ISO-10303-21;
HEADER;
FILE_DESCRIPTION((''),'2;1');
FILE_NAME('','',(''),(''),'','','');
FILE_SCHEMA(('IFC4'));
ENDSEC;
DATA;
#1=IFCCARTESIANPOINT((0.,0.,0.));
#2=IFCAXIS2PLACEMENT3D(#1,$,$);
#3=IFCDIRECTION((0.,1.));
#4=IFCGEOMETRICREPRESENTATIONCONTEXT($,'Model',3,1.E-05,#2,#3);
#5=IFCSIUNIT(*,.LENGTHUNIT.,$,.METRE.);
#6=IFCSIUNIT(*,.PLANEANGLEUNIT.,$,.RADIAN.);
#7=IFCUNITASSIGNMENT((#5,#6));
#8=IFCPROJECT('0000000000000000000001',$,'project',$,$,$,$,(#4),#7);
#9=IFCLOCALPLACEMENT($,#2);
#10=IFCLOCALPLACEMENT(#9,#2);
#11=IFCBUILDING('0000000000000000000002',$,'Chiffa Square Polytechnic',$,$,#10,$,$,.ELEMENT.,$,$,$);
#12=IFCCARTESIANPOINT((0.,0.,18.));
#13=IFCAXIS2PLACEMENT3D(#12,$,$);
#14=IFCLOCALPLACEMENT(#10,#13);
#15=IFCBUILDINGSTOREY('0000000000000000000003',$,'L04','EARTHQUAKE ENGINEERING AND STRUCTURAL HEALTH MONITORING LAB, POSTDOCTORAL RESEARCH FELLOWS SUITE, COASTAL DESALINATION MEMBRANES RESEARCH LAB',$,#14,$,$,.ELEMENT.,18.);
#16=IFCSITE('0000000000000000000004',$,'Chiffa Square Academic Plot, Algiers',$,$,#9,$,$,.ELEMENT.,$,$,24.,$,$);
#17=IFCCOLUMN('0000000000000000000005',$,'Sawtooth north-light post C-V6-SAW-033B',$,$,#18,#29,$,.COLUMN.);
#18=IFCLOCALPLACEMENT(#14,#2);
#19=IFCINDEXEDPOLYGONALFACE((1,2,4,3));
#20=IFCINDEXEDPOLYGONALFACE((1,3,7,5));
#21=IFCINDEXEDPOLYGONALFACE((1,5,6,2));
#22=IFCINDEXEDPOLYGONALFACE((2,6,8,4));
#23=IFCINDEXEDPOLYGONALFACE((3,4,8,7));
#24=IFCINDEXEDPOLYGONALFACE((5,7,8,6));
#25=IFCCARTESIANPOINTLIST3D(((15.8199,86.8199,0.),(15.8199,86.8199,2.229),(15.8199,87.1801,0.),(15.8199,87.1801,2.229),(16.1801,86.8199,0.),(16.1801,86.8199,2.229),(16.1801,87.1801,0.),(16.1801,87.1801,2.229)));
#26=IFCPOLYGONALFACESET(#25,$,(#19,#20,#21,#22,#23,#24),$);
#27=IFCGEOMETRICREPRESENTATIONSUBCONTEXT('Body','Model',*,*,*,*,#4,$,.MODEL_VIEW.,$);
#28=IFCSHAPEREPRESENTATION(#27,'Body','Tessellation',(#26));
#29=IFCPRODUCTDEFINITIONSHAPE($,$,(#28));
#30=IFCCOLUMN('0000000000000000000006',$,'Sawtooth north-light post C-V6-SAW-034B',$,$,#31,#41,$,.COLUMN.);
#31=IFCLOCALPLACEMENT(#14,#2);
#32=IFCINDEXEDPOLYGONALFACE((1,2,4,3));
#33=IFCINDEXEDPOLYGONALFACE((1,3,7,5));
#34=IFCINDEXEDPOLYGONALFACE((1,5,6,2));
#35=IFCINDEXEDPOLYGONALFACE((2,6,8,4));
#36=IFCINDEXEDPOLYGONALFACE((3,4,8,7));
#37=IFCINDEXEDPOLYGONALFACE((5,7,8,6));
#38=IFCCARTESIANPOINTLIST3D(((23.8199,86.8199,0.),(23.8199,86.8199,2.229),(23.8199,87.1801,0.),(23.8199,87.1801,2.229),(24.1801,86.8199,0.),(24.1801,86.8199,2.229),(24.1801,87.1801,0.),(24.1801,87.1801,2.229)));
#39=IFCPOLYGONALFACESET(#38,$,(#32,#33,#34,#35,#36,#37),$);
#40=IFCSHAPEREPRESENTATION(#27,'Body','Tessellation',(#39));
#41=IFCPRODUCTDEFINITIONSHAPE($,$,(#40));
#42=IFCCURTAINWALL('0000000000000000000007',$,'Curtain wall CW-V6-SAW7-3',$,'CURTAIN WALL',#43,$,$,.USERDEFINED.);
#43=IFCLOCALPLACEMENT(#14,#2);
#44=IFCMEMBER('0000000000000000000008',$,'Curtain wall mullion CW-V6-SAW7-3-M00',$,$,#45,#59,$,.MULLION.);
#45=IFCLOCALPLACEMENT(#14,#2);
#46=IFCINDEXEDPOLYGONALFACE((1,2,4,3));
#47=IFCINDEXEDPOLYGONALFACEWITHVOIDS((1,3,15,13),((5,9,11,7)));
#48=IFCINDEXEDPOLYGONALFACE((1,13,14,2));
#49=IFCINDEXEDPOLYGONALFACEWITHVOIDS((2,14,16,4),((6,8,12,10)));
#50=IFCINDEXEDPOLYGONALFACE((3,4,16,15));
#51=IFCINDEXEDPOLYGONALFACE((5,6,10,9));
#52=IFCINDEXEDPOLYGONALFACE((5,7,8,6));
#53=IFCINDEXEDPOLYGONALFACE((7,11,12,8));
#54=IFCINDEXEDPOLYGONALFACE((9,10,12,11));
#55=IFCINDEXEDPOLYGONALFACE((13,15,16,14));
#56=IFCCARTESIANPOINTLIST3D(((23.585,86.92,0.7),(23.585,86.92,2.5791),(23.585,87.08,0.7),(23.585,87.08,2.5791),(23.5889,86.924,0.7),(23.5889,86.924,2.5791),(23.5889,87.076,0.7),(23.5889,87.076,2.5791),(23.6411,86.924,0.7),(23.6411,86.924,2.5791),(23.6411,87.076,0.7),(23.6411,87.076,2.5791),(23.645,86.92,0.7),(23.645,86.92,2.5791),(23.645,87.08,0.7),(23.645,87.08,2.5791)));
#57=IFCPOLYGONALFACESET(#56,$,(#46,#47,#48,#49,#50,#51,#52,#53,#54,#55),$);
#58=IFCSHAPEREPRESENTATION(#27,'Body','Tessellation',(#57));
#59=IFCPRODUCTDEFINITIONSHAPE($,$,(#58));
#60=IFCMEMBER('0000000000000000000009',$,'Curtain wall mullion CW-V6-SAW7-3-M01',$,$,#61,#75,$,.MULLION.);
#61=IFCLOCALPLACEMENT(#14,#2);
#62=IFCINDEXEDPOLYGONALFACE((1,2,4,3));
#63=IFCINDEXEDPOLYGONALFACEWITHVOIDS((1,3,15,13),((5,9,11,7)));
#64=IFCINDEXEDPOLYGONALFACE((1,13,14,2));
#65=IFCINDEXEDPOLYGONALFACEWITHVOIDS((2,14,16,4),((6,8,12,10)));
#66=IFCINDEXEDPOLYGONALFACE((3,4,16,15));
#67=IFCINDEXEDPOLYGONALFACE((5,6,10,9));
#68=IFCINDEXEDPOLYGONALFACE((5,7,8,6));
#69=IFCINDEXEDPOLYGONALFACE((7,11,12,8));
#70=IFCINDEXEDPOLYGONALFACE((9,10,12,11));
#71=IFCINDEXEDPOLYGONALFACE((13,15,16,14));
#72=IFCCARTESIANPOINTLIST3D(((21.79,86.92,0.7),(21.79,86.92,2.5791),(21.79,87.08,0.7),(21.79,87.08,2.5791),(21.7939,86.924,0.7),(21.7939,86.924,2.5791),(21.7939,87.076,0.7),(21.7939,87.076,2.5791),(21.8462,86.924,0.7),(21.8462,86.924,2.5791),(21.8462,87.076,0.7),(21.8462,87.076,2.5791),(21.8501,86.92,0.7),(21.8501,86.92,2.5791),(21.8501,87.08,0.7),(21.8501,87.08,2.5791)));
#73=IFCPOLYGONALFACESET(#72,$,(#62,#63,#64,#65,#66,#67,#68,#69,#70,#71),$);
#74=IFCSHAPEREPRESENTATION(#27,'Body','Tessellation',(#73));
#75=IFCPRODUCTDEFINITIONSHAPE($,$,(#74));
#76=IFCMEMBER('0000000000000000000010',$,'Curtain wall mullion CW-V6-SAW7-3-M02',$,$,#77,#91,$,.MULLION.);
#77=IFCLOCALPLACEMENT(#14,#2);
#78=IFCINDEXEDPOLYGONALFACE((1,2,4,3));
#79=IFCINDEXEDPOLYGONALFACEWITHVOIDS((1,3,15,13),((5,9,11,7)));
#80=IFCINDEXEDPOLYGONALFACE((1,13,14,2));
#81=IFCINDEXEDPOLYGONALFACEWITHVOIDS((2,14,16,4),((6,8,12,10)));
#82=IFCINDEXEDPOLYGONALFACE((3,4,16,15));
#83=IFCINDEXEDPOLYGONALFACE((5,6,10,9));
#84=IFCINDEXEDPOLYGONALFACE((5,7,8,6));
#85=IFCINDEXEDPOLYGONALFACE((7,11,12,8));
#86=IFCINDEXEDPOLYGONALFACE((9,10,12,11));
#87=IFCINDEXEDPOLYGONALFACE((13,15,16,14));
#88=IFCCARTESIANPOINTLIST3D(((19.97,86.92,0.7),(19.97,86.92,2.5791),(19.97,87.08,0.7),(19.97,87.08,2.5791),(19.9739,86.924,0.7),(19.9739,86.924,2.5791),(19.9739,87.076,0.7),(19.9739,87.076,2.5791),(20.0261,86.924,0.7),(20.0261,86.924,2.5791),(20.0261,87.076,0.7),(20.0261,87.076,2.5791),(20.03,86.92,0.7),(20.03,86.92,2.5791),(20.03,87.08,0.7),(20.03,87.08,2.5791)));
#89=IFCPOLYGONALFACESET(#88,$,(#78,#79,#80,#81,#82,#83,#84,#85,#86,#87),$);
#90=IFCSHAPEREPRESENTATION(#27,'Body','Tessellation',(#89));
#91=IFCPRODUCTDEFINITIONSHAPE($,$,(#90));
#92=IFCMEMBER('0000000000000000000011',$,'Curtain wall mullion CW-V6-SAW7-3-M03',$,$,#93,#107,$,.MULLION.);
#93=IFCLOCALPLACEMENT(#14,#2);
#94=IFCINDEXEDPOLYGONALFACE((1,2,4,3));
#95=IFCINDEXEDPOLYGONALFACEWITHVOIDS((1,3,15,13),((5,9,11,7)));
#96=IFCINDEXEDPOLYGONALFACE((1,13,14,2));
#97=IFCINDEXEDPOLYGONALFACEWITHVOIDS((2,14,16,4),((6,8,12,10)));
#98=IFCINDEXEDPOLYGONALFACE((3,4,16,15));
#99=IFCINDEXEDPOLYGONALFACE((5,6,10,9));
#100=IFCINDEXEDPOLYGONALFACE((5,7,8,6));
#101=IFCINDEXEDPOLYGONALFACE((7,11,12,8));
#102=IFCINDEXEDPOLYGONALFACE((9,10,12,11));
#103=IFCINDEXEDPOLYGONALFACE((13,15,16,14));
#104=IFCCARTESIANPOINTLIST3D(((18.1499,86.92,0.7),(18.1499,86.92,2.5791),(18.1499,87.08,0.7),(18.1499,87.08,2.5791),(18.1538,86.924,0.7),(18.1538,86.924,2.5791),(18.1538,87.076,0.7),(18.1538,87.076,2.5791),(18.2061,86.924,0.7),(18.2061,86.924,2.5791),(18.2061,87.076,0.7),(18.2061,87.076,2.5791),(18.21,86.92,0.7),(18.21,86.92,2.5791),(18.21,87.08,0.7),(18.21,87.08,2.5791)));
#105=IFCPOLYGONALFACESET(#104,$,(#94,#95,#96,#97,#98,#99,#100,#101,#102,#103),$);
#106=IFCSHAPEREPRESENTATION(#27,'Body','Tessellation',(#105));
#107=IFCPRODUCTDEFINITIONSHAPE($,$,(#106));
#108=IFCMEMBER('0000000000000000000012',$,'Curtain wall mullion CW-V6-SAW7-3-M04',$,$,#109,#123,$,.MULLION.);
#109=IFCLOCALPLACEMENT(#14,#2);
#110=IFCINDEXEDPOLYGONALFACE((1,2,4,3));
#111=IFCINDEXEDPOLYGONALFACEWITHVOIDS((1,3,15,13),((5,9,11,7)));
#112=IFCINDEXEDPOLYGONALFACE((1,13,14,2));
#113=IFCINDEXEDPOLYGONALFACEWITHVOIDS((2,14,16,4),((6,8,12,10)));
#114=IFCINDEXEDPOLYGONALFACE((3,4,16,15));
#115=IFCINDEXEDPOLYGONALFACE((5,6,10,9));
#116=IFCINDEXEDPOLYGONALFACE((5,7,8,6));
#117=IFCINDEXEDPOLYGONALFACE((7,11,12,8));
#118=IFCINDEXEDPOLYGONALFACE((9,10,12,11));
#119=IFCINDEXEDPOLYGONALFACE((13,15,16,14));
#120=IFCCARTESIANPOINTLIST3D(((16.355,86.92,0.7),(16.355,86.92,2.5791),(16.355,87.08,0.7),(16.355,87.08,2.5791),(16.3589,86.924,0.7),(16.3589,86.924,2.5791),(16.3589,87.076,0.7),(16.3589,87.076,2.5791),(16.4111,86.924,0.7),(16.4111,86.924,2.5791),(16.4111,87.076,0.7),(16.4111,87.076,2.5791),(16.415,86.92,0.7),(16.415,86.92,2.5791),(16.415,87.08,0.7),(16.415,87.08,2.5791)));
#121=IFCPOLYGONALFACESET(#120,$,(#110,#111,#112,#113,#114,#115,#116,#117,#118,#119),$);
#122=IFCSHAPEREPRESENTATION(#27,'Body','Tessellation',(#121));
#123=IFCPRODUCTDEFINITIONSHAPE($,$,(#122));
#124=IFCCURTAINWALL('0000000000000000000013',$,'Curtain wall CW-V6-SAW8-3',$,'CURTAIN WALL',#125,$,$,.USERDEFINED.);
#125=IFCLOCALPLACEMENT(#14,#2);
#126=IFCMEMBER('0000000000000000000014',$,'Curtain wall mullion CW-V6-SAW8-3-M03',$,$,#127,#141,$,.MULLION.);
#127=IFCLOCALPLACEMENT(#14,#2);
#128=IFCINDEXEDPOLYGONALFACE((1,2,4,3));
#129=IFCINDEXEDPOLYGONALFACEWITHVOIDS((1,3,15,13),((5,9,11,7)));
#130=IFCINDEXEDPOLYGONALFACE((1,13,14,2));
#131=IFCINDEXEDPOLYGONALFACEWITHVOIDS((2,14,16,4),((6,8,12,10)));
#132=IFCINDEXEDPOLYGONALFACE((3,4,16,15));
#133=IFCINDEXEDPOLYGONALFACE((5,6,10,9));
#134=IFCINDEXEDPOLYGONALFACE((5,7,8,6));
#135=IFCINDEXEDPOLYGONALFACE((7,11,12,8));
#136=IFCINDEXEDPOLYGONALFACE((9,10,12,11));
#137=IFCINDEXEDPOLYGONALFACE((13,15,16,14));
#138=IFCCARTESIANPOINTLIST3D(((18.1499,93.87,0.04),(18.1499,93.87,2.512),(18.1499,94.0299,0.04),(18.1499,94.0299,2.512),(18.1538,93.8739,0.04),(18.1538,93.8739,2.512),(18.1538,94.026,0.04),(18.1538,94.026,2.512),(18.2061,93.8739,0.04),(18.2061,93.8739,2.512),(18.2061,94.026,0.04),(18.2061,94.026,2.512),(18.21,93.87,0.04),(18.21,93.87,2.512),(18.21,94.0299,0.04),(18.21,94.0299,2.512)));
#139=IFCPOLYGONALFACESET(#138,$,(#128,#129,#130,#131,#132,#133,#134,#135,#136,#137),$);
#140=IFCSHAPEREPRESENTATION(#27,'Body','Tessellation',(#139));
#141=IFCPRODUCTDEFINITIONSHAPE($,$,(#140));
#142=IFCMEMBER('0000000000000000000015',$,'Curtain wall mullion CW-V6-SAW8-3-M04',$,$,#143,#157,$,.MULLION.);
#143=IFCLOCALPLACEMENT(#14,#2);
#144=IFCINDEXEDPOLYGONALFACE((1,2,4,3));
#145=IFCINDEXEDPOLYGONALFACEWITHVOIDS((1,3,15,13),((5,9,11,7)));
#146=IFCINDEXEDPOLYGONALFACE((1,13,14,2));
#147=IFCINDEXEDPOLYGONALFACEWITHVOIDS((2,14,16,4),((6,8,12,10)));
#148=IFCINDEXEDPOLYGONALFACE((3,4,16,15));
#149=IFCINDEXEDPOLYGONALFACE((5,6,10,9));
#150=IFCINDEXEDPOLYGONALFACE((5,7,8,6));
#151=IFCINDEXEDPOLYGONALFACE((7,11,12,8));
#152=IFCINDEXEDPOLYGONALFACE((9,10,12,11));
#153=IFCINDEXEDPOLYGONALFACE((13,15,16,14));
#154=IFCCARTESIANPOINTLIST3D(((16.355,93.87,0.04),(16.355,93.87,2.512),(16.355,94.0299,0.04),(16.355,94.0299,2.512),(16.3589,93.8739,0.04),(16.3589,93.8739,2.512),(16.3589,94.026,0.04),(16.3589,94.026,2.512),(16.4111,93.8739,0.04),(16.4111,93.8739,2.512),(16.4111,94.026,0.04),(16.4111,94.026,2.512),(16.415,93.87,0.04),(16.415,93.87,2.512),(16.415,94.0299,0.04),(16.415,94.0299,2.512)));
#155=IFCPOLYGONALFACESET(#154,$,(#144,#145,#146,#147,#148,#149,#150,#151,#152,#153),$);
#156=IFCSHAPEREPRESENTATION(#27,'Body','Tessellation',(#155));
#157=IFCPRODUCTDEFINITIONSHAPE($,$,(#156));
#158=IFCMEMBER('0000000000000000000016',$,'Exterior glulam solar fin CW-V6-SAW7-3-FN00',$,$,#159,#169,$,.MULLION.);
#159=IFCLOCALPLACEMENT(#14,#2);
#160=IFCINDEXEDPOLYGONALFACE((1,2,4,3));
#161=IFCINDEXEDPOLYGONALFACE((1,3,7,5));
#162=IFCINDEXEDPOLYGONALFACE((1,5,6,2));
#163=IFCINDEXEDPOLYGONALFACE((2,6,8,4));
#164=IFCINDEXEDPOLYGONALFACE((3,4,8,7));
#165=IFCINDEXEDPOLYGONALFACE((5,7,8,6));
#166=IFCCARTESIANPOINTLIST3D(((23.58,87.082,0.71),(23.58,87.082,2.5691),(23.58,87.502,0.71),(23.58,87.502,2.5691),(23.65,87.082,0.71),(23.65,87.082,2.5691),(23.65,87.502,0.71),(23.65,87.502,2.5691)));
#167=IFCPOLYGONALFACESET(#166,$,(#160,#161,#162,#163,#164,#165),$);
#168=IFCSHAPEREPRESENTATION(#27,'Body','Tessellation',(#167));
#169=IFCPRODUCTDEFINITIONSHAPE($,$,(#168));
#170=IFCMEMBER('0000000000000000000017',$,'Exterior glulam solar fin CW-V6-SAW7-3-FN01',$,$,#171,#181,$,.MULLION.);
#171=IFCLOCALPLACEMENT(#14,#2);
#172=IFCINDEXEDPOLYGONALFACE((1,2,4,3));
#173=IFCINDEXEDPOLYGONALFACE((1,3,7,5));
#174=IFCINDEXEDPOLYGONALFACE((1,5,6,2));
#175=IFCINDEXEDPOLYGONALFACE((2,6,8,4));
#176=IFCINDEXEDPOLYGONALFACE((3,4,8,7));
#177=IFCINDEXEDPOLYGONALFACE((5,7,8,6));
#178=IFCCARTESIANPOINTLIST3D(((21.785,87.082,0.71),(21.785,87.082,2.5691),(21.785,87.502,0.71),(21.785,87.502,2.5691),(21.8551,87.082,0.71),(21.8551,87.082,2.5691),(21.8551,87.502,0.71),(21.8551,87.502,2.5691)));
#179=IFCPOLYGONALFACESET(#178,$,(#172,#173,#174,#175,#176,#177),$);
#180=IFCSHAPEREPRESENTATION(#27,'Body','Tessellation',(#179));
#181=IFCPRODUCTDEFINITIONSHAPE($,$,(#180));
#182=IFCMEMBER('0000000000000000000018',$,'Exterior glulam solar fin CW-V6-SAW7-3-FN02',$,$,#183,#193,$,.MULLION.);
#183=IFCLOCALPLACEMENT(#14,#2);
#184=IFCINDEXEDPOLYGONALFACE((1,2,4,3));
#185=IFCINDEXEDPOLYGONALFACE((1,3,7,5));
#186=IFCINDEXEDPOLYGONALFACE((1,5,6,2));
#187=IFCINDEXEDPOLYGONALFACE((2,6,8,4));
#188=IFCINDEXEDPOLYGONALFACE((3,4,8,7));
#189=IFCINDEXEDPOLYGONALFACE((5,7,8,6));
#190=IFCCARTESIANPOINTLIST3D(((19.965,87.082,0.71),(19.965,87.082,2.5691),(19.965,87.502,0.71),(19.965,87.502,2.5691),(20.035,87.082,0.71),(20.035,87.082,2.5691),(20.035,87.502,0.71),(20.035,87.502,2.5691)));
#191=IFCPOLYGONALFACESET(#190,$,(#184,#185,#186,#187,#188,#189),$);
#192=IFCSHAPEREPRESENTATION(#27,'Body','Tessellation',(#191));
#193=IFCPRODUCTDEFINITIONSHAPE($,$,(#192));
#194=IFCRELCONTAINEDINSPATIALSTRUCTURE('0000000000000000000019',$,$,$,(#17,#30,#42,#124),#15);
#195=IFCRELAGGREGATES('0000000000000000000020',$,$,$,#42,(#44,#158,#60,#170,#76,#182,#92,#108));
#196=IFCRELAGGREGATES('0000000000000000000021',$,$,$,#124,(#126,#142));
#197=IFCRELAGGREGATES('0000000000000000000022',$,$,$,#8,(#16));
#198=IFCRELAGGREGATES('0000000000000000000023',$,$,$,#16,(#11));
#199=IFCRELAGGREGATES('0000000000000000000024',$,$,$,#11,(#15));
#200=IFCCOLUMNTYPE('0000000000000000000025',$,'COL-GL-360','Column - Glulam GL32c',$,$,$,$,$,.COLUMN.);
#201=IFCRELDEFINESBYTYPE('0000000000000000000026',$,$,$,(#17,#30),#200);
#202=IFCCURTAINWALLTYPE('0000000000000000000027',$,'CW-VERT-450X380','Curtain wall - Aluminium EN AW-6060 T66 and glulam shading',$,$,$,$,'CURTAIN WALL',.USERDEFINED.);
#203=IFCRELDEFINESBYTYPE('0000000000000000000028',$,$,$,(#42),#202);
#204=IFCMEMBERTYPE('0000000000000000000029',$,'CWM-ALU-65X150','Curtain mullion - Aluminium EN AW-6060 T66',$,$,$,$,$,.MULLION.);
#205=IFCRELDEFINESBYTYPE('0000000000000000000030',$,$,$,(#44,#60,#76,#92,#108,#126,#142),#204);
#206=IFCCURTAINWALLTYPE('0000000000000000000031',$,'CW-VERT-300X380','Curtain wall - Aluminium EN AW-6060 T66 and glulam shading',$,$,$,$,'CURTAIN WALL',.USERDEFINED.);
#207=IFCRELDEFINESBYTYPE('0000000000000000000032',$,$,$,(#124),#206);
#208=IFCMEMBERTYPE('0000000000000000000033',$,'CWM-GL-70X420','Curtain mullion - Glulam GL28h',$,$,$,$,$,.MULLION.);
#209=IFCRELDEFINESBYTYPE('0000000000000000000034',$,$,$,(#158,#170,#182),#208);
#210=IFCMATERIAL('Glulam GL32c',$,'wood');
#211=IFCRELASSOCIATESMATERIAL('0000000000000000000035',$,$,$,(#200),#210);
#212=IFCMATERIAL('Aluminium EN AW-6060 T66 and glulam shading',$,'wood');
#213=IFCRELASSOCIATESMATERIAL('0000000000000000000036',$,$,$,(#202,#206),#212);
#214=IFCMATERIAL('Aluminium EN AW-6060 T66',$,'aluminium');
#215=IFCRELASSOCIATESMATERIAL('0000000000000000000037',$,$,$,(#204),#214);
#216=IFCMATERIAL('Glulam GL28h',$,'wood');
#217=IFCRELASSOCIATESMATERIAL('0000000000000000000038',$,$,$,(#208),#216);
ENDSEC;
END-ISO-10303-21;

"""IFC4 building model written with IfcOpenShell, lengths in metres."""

from ifc_helpers import new_model, si_unit, direction, frame, origin, origin_2d, place, context, subcontext, project, spatial, rectangle, hollow_rectangle, extrude, material, material_profile, profile_set, type_object, element, aggregate, save


model = new_model("IFC4")

# Units and contexts
model_context = context("Model", 3, precision=1e-05, world=origin(), true_north=direction((0.0, 1.0)))
body_context = subcontext(model_context, "Body", "Model", "MODEL_VIEW")
ifc_project = project(units=[si_unit("LENGTHUNIT", "METRE"), si_unit("PLANEANGLEUNIT", "RADIAN")], contexts=[model_context])

# Site, building, storey
site_placement = place(None, origin())
site = spatial("IfcSite", under=ifc_project, at=site_placement, Name="Chiffa Square Academic Plot, Algiers", CompositionType="ELEMENT", RefElevation=24.0)
building_placement = place(site_placement, origin())
building = spatial("IfcBuilding", under=site, at=building_placement, Name="Chiffa Square Polytechnic", CompositionType="ELEMENT")
storey_placement = place(building_placement, frame((0.0, 0.0, 18.0)))
storey = spatial("IfcBuildingStorey", under=building, at=storey_placement, Name="L04", Description="EARTHQUAKE ENGINEERING AND STRUCTURAL HEALTH MONITORING LAB, POSTDOCTORAL RESEARCH FELLOWS SUITE, COASTAL DESALINATION MEMBRANES RESEARCH LAB", CompositionType="ELEMENT", Elevation=18.0)

# Columns
ifc_material_1 = material(Name="Glulam GL32c", Category="wood")
ifc_material_profile_1 = material_profile(ifc_material_1, rectangle(XDim=0.3601, YDim=0.3601, at=origin_2d()), Name="GL32c 360x360")
ifc_profile_set_1 = profile_set([ifc_material_profile_1], Name="Glulam GL32c")
column_type = type_object("IfcColumnType", Name="COL-GL-360", Description="Column - Glulam GL32c", PredefinedType="COLUMN", material=ifc_profile_set_1)
for number, where, z_axis, x_axis, name in (
    (1, (16.0, 87.0, 0.0), (0.0, 0.0, 1.0), (1.0, 0.0, 0.0), "Sawtooth north-light post C-V6-SAW-033B"),
    (2, (24.0, 87.0, 0.0), (0.0, 0.0, 1.0), (1.0, 0.0, 0.0), "Sawtooth north-light post C-V6-SAW-034B"),
):
    element("IfcColumn", number, at=place(storey_placement, frame(where, z_axis=z_axis, x_axis=x_axis)), inside=storey, type_object=column_type, Name=name, PredefinedType="COLUMN", context=body_context, shape_type="SweptSolid", body=[
        extrude(rectangle(XDim=0.3601, YDim=0.3601, at=origin_2d()), origin(), (0.0, 0.0, 1.0), 2.229),
    ])

# Curtain walls, members
ifc_material_2 = material(Name="Aluminium EN AW-6060 T66 and glulam shading", Category="wood")
curtain_wall_type_1 = type_object("IfcCurtainWallType", Name="CW-VERT-450X380", Description="Curtain wall - Aluminium EN AW-6060 T66 and glulam shading", ElementType="CURTAIN WALL", PredefinedType="USERDEFINED", material=ifc_material_2)
curtain_wall_1_placement = place(storey_placement, origin())
curtain_wall_1 = element("IfcCurtainWall", 3, at=curtain_wall_1_placement, inside=storey, type_object=curtain_wall_type_1, Name="Curtain wall CW-V6-SAW7-3", ObjectType="CURTAIN WALL", PredefinedType="USERDEFINED")
ifc_material_3 = material(Name="Aluminium EN AW-6060 T66", Category="aluminium")
ifc_material_profile_2 = material_profile(ifc_material_3, hollow_rectangle(XDim=0.0601, YDim=0.1599, WallThickness=0.0039, at=origin_2d()), Name="ALU 60x160x4")
ifc_profile_set_2 = profile_set([ifc_material_profile_2], Name="Aluminium EN AW-6060 T66")
member_type_1 = type_object("IfcMemberType", Name="CWM-ALU-65X150", Description="Curtain mullion - Aluminium EN AW-6060 T66", PredefinedType="MULLION", material=ifc_profile_set_2)
member_1_placement = place(storey_placement, frame((23.615, 87.0, 0.7), z_axis=(0.0, 0.0, 1.0), x_axis=(1.0, 0.0, 0.0)))
member_1 = element("IfcMember", 4, at=member_1_placement, type_object=member_type_1, Name="Curtain wall mullion CW-V6-SAW7-3-M00", PredefinedType="MULLION", context=body_context, shape_type="SweptSolid", body=[
    extrude(hollow_rectangle(XDim=0.0601, YDim=0.1599, WallThickness=0.0039, at=origin_2d()), origin(), (0.0, 0.0, 1.0), 1.8792),
])
member_2_placement = place(storey_placement, frame((21.8201, 87.0, 0.7), z_axis=(0.0, 0.0, 1.0), x_axis=(1.0, 0.0, 0.0)))
member_2 = element("IfcMember", 5, at=member_2_placement, type_object=member_type_1, Name="Curtain wall mullion CW-V6-SAW7-3-M01", PredefinedType="MULLION", context=body_context, shape_type="SweptSolid", body=[
    extrude(hollow_rectangle(XDim=0.0601, YDim=0.1599, WallThickness=0.0039, at=origin_2d()), origin(), (0.0, 0.0, 1.0), 1.8792),
])
member_3_placement = place(storey_placement, frame((20.0, 87.0, 0.7), z_axis=(0.0, 0.0, 1.0), x_axis=(1.0, 0.0, 0.0)))
member_3 = element("IfcMember", 6, at=member_3_placement, type_object=member_type_1, Name="Curtain wall mullion CW-V6-SAW7-3-M02", PredefinedType="MULLION", context=body_context, shape_type="SweptSolid", body=[
    extrude(hollow_rectangle(XDim=0.0601, YDim=0.1599, WallThickness=0.0039, at=origin_2d()), origin(), (0.0, 0.0, 1.0), 1.8792),
])
member_4_placement = place(storey_placement, frame((18.1799, 87.0, 0.7), z_axis=(0.0, 0.0, 1.0), x_axis=(1.0, 0.0, 0.0)))
member_4 = element("IfcMember", 7, at=member_4_placement, type_object=member_type_1, Name="Curtain wall mullion CW-V6-SAW7-3-M03", PredefinedType="MULLION", context=body_context, shape_type="SweptSolid", body=[
    extrude(hollow_rectangle(XDim=0.0601, YDim=0.1599, WallThickness=0.0039, at=origin_2d()), origin(), (0.0, 0.0, 1.0), 1.8792),
])
member_5_placement = place(storey_placement, frame((16.385, 87.0, 0.7), z_axis=(0.0, 0.0, 1.0), x_axis=(1.0, 0.0, 0.0)))
member_5 = element("IfcMember", 8, at=member_5_placement, type_object=member_type_1, Name="Curtain wall mullion CW-V6-SAW7-3-M04", PredefinedType="MULLION", context=body_context, shape_type="SweptSolid", body=[
    extrude(hollow_rectangle(XDim=0.0601, YDim=0.1599, WallThickness=0.0039, at=origin_2d()), origin(), (0.0, 0.0, 1.0), 1.8792),
])
curtain_wall_type_2 = type_object("IfcCurtainWallType", Name="CW-VERT-300X380", Description="Curtain wall - Aluminium EN AW-6060 T66 and glulam shading", ElementType="CURTAIN WALL", PredefinedType="USERDEFINED", material=ifc_material_2)
curtain_wall_2_placement = place(storey_placement, origin())
curtain_wall_2 = element("IfcCurtainWall", 9, at=curtain_wall_2_placement, inside=storey, type_object=curtain_wall_type_2, Name="Curtain wall CW-V6-SAW8-3", ObjectType="CURTAIN WALL", PredefinedType="USERDEFINED")
member_6_placement = place(storey_placement, frame((18.1799, 93.95, 0.04), z_axis=(0.0, 0.0, 1.0), x_axis=(1.0, 0.0, 0.0)))
member_6 = element("IfcMember", 10, at=member_6_placement, type_object=member_type_1, Name="Curtain wall mullion CW-V6-SAW8-3-M03", PredefinedType="MULLION", context=body_context, shape_type="SweptSolid", body=[
    extrude(hollow_rectangle(XDim=0.0601, YDim=0.1599, WallThickness=0.0039, at=origin_2d()), origin(), (0.0, 0.0, 1.0), 2.4719),
])
member_7_placement = place(storey_placement, frame((16.385, 93.95, 0.04), z_axis=(0.0, 0.0, 1.0), x_axis=(1.0, 0.0, 0.0)))
member_7 = element("IfcMember", 11, at=member_7_placement, type_object=member_type_1, Name="Curtain wall mullion CW-V6-SAW8-3-M04", PredefinedType="MULLION", context=body_context, shape_type="SweptSolid", body=[
    extrude(hollow_rectangle(XDim=0.0601, YDim=0.1599, WallThickness=0.0039, at=origin_2d()), origin(), (0.0, 0.0, 1.0), 2.4719),
])

# Members
ifc_material_4 = material(Name="Glulam GL28h", Category="wood")
ifc_material_profile_3 = material_profile(ifc_material_4, rectangle(XDim=0.0701, YDim=0.4199, at=origin_2d()), Name="GL28h 70x420")
ifc_profile_set_3 = profile_set([ifc_material_profile_3], Name="Glulam GL28h")
member_type_2 = type_object("IfcMemberType", Name="CWM-GL-70X420", Description="Curtain mullion - Glulam GL28h", PredefinedType="MULLION", material=ifc_profile_set_3)
member_8_placement = place(storey_placement, frame((23.615, 87.292, 0.71), z_axis=(0.0, 0.0, 1.0), x_axis=(-1.0, 0.0, 0.0)))
member_8 = element("IfcMember", 12, at=member_8_placement, type_object=member_type_2, Name="Exterior glulam solar fin CW-V6-SAW7-3-FN00", PredefinedType="MULLION", context=body_context, shape_type="SweptSolid", body=[
    extrude(rectangle(XDim=0.0701, YDim=0.4199, at=origin_2d()), origin(), (0.0, 0.0, 1.0), 1.8591),
])
member_9_placement = place(storey_placement, frame((21.8201, 87.292, 0.71), z_axis=(0.0, 0.0, 1.0), x_axis=(-1.0, 0.0, 0.0)))
member_9 = element("IfcMember", 13, at=member_9_placement, type_object=member_type_2, Name="Exterior glulam solar fin CW-V6-SAW7-3-FN01", PredefinedType="MULLION", context=body_context, shape_type="SweptSolid", body=[
    extrude(rectangle(XDim=0.0701, YDim=0.4199, at=origin_2d()), origin(), (0.0, 0.0, 1.0), 1.8591),
])
member_10_placement = place(storey_placement, frame((20.0, 87.292, 0.71), z_axis=(0.0, 0.0, 1.0), x_axis=(-1.0, 0.0, 0.0)))
member_10 = element("IfcMember", 14, at=member_10_placement, type_object=member_type_2, Name="Exterior glulam solar fin CW-V6-SAW7-3-FN02", PredefinedType="MULLION", context=body_context, shape_type="SweptSolid", body=[
    extrude(rectangle(XDim=0.0701, YDim=0.4199, at=origin_2d()), origin(), (0.0, 0.0, 1.0), 1.8591),
])

aggregate(curtain_wall_1, [member_1, member_8, member_2, member_9, member_3, member_10, member_4, member_5])
aggregate(curtain_wall_2, [member_6, member_7])

save(model, "model.ifc")
